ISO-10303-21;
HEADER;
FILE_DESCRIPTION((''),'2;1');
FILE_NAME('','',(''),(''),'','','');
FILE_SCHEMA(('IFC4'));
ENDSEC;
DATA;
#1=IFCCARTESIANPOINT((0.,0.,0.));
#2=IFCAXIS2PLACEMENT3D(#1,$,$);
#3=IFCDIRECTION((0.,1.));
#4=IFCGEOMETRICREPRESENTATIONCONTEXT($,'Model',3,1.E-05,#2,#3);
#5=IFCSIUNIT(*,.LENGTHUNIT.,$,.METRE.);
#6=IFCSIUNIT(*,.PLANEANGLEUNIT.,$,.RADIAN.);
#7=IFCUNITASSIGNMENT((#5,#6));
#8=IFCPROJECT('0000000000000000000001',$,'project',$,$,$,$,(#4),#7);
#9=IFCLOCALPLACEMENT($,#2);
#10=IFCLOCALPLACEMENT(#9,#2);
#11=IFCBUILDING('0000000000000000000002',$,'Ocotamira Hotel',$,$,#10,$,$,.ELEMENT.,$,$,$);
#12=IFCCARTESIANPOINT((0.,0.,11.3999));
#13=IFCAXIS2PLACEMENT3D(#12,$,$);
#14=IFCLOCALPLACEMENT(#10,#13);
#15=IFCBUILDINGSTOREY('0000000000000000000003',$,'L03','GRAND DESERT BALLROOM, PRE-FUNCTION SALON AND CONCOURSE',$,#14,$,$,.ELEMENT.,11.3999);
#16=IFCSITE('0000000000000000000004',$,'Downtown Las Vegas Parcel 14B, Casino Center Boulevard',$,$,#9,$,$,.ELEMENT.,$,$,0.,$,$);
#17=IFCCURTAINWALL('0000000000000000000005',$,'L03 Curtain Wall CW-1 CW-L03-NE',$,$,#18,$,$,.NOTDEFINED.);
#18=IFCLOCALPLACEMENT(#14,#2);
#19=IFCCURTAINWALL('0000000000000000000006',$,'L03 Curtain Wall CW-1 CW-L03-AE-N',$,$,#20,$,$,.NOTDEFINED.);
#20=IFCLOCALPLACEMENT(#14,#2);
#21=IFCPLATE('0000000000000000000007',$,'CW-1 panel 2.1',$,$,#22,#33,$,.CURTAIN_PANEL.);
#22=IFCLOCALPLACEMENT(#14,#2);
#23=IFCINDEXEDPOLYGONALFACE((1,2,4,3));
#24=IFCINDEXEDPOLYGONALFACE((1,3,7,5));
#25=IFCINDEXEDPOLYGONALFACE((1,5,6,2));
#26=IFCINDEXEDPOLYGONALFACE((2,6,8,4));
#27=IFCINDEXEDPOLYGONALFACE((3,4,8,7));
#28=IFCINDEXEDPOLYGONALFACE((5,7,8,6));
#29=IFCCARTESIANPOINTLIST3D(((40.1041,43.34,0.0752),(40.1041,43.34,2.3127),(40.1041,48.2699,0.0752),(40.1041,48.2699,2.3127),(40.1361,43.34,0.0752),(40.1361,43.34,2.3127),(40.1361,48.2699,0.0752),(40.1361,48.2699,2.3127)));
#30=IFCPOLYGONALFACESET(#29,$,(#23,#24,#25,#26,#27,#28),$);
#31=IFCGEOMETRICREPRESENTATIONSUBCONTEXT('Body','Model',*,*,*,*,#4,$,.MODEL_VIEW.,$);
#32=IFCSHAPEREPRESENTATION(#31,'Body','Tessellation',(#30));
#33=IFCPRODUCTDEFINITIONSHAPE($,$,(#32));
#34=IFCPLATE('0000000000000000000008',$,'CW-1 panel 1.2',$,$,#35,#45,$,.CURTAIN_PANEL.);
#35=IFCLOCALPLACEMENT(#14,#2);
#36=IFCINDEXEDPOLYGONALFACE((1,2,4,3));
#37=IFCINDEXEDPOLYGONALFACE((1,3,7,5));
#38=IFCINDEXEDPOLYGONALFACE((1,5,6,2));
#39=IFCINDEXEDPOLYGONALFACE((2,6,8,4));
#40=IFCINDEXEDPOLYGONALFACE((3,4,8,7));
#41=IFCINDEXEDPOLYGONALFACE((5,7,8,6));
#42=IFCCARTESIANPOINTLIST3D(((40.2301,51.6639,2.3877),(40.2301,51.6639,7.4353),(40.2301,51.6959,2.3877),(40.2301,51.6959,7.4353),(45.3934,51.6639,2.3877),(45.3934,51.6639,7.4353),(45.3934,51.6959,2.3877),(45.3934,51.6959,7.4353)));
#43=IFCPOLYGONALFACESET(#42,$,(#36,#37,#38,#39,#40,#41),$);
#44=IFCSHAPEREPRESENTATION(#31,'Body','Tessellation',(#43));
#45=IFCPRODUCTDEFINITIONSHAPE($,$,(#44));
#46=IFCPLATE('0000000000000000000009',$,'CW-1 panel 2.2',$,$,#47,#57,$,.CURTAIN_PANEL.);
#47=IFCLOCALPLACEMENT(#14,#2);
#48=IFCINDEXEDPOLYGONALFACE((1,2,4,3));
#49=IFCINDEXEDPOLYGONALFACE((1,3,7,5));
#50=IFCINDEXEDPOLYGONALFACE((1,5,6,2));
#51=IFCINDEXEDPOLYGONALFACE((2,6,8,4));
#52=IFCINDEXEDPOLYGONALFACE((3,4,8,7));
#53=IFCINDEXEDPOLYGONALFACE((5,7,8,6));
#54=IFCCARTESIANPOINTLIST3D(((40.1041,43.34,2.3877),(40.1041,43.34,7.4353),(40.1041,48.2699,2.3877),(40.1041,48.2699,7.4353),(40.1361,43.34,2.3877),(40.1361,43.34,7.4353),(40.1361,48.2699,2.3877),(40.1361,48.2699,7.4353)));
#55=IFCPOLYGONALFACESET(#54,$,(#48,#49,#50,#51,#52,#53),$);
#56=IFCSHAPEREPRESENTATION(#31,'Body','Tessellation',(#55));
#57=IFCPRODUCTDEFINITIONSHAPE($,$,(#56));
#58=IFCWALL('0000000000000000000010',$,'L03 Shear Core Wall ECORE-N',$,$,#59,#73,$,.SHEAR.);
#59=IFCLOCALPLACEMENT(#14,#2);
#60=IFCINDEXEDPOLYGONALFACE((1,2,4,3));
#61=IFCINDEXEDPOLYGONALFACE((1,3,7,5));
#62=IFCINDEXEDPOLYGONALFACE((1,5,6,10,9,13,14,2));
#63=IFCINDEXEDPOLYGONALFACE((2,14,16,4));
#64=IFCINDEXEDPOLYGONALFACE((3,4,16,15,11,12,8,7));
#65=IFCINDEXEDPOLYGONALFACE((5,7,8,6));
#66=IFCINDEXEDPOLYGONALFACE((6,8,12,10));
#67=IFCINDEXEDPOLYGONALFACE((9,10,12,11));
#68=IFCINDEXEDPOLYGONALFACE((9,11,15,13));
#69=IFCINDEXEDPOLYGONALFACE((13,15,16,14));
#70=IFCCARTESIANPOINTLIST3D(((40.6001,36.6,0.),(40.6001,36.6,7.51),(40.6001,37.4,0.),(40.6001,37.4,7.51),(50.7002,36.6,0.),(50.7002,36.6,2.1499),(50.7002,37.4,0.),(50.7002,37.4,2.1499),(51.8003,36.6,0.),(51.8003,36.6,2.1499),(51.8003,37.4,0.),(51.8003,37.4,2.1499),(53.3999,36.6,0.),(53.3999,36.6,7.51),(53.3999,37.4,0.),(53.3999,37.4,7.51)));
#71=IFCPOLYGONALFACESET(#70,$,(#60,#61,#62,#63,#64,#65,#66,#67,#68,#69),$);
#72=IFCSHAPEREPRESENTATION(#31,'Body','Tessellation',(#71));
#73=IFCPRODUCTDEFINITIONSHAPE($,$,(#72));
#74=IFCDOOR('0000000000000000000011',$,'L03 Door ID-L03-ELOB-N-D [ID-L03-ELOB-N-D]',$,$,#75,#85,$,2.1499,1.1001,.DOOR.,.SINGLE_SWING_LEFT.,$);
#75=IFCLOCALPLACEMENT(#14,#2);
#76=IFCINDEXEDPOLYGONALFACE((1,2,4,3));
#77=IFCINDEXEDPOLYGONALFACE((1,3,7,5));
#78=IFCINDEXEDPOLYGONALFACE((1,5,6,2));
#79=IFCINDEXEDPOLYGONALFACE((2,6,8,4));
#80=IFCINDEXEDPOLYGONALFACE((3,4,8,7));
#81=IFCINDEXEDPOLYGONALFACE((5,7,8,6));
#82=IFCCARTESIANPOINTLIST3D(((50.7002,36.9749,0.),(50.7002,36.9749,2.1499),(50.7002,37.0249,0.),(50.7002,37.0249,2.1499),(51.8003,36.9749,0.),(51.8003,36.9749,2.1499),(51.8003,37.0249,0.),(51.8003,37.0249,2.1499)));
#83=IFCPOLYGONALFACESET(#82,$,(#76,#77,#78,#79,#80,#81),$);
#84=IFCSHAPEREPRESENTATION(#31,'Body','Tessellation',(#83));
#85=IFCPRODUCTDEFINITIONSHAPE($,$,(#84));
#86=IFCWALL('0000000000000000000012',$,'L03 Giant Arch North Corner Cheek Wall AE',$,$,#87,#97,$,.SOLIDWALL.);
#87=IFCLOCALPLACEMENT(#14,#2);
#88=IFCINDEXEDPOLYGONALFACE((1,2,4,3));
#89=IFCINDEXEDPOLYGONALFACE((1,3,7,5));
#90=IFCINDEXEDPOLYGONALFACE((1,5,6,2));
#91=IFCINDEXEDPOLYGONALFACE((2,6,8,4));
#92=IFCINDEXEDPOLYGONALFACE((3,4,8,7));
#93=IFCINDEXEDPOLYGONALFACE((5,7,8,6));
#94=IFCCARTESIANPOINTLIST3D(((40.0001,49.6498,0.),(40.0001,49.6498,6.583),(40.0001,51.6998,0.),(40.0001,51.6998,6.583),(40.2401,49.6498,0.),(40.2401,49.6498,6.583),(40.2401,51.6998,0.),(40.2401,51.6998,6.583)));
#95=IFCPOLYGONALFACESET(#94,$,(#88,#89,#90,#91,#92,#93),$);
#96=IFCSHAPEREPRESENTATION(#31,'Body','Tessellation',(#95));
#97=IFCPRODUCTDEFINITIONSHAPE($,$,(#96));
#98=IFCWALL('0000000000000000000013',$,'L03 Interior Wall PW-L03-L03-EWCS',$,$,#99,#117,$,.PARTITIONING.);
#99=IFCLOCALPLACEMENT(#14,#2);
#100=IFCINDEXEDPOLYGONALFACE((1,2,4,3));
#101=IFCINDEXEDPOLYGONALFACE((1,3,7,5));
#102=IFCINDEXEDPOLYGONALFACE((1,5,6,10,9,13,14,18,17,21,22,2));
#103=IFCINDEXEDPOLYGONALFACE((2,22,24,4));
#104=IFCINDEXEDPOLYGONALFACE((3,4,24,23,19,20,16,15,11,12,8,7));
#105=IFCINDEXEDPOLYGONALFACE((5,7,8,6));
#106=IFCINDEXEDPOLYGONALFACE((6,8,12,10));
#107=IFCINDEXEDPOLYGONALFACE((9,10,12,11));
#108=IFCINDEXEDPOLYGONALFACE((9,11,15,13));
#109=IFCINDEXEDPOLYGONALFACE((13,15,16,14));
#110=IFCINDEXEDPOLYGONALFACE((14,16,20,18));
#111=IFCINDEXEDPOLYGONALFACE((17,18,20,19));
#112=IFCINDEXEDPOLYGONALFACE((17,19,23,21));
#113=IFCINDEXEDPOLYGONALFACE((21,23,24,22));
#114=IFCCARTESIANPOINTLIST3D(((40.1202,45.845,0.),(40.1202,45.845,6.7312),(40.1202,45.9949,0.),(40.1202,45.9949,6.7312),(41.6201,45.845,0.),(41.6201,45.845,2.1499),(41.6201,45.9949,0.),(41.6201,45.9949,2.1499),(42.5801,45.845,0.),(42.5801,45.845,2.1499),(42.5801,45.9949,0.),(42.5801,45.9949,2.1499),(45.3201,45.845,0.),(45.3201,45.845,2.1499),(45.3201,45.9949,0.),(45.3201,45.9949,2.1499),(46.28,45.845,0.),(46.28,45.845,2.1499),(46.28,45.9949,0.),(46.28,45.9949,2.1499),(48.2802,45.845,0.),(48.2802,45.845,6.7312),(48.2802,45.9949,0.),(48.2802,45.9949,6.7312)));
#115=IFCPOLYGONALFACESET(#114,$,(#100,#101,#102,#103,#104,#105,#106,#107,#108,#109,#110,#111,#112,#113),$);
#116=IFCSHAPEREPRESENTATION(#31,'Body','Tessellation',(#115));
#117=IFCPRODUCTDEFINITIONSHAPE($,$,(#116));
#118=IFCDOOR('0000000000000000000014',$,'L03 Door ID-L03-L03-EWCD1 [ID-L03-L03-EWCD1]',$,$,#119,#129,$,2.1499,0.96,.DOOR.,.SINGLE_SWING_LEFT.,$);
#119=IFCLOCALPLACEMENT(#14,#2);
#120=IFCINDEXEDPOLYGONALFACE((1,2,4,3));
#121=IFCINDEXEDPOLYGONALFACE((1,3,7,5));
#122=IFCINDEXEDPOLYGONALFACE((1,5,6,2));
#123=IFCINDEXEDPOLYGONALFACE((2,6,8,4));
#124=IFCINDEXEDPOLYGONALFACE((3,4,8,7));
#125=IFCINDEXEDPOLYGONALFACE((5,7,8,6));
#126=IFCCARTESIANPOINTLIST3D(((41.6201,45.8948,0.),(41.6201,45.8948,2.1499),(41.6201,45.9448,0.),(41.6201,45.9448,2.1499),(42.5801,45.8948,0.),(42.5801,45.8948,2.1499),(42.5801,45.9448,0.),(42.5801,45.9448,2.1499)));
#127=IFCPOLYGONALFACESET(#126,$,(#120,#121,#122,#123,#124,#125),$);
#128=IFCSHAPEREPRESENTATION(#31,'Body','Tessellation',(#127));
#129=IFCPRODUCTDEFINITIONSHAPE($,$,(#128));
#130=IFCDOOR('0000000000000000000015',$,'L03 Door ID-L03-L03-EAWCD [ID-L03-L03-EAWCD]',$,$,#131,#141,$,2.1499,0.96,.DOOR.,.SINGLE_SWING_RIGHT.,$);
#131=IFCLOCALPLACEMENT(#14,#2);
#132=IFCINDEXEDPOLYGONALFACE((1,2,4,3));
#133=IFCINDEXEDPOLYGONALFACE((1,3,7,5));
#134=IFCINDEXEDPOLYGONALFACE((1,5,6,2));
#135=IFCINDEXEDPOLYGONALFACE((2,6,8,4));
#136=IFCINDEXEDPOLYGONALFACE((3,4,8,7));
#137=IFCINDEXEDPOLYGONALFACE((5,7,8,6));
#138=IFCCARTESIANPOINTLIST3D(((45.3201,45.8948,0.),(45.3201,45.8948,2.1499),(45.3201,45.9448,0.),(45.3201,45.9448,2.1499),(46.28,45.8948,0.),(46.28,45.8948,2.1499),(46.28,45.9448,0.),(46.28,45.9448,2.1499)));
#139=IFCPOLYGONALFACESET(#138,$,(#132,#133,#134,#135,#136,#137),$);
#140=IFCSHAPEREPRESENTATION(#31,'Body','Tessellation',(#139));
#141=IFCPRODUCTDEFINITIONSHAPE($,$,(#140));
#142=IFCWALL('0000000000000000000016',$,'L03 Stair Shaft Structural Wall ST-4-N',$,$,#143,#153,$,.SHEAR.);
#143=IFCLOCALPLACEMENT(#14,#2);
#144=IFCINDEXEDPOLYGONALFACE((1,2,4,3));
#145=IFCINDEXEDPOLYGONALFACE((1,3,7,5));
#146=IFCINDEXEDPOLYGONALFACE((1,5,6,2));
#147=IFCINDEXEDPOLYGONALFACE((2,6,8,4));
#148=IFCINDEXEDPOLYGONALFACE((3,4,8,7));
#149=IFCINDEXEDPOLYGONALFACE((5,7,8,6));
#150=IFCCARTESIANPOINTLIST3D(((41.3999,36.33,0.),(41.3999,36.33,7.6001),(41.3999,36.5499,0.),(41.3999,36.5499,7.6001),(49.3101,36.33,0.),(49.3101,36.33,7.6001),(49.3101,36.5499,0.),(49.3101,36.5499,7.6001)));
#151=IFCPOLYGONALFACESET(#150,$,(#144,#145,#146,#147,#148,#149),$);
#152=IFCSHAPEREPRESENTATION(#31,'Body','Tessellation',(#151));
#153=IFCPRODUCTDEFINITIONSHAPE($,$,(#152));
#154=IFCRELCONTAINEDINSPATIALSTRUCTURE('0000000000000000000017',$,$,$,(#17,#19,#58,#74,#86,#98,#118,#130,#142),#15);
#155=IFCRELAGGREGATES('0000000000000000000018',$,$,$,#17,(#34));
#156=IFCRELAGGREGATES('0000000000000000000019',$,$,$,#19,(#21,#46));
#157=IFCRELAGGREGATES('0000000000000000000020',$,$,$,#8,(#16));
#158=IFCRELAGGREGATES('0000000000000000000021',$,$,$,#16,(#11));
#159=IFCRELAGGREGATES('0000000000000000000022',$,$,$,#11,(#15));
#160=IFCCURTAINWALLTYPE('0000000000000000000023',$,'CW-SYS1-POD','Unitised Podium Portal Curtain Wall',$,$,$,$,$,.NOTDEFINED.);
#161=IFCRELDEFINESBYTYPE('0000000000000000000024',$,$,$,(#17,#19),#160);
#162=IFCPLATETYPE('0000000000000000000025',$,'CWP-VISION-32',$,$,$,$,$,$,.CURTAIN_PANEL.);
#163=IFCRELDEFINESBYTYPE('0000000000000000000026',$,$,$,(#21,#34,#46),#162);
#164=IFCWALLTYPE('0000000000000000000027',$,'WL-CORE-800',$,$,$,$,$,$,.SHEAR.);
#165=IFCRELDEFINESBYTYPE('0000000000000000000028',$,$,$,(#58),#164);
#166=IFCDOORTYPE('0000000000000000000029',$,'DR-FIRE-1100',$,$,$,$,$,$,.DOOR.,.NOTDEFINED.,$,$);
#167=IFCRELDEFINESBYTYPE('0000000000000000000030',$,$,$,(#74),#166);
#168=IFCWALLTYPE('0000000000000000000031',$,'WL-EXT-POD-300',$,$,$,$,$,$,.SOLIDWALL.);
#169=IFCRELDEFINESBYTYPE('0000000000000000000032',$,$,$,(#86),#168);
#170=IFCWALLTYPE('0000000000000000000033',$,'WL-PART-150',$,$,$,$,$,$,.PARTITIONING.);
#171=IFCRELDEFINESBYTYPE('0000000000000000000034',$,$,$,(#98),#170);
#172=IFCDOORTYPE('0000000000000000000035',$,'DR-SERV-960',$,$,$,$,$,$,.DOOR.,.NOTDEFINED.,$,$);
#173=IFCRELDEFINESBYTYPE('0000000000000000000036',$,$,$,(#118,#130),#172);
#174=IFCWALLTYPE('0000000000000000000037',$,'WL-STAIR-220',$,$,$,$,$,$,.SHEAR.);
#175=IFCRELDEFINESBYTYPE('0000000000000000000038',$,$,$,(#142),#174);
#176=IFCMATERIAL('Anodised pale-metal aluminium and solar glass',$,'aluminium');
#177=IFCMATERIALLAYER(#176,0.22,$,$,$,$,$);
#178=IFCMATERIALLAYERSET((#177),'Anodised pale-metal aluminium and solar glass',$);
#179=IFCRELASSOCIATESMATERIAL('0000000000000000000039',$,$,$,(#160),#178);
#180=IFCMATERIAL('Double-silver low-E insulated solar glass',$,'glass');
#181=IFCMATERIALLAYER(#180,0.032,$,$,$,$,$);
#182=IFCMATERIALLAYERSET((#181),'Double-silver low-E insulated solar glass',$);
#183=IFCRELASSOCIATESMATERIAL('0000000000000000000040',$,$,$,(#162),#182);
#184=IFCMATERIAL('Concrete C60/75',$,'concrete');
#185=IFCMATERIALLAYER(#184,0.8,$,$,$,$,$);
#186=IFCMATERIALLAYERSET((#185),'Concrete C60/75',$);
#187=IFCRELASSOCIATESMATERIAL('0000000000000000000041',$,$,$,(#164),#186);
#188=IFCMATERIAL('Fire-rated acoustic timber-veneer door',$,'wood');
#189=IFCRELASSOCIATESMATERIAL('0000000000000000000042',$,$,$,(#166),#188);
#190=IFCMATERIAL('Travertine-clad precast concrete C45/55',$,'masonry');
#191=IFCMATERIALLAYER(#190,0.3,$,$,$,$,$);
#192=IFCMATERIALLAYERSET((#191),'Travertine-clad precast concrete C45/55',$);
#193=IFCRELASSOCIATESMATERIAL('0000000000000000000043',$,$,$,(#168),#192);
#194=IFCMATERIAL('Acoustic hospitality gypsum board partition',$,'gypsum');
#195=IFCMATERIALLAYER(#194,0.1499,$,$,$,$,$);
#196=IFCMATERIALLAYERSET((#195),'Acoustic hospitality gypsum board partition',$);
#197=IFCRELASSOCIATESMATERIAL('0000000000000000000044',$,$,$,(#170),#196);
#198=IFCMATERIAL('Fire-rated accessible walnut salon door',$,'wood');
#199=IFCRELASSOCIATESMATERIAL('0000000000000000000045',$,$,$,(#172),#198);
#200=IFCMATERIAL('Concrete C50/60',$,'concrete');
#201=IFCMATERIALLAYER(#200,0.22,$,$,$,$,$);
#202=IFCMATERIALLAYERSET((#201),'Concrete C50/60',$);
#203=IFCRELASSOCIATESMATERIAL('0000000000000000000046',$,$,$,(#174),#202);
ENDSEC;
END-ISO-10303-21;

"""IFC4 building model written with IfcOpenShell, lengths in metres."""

from ifc_helpers import new_model, si_unit, direction, frame, frame_2d, origin, origin_2d, place, context, subcontext, project, spatial, rectangle, extrude, source, transform, mapped, material, layer, layer_set, type_object, element, fill, aggregate, save


model = new_model("IFC4")

# Units and contexts
model_context = context("Model", 3, precision=1e-05, world=origin(), true_north=direction((0.0, 1.0)))
body_context = subcontext(model_context, "Body", "Model", "MODEL_VIEW")
ifc_project = project(units=[si_unit("LENGTHUNIT", "METRE"), si_unit("PLANEANGLEUNIT", "RADIAN")], contexts=[model_context])

# Site, building, storey
site_placement = place(None, origin())
site = spatial("IfcSite", under=ifc_project, at=site_placement, Name="Downtown Las Vegas Parcel 14B, Casino Center Boulevard", CompositionType="ELEMENT", RefElevation=0.0)
building_placement = place(site_placement, origin())
building = spatial("IfcBuilding", under=site, at=building_placement, Name="Ocotamira Hotel", CompositionType="ELEMENT")
storey_placement = place(building_placement, frame((0.0, 0.0, 11.3999)))
storey = spatial("IfcBuildingStorey", under=building, at=storey_placement, Name="L03", Description="GRAND DESERT BALLROOM, PRE-FUNCTION SALON AND CONCOURSE", CompositionType="ELEMENT", Elevation=11.3999)

# Shared definitions
ifc_material_1 = material(Name="Concrete C60/75", Category="concrete")

# Curtain walls
ifc_material_2 = material(Name="Anodised pale-metal aluminium and solar glass", Category="aluminium")
ifc_layer_1 = layer(ifc_material_2, 0.22)
ifc_layer_set_1 = layer_set([ifc_layer_1], Name="Anodised pale-metal aluminium and solar glass")
curtain_wall_type = type_object("IfcCurtainWallType", Name="CW-SYS1-POD", Description="Unitised Podium Portal Curtain Wall", PredefinedType="NOTDEFINED", material=ifc_layer_set_1)
curtain_wall_1_placement = place(storey_placement, origin())
curtain_wall_1 = element("IfcCurtainWall", 1, at=curtain_wall_1_placement, inside=storey, type_object=curtain_wall_type, Name="L03 Curtain Wall CW-1 CW-L03-NE", PredefinedType="NOTDEFINED")
curtain_wall_2_placement = place(storey_placement, origin())
curtain_wall_2 = element("IfcCurtainWall", 2, at=curtain_wall_2_placement, inside=storey, type_object=curtain_wall_type, Name="L03 Curtain Wall CW-1 CW-L03-AE-N", PredefinedType="NOTDEFINED")

# Plates
ifc_material_3 = material(Name="Double-silver low-E insulated solar glass", Category="glass")
ifc_layer_2 = layer(ifc_material_3, 0.032)
ifc_layer_set_2 = layer_set([ifc_layer_2], Name="Double-silver low-E insulated solar glass")
plate_type = type_object("IfcPlateType", Name="CWP-VISION-32", PredefinedType="CURTAIN_PANEL", material=ifc_layer_set_2)
shared_shape_1 = source(origin(), body_context, "Body", "SweptSolid", [
    extrude(rectangle(XDim=4.9299, YDim=0.032, at=origin_2d()), origin(), (0.0, 0.0, 1.0), 2.2375),
])
plate_1_placement = place(storey_placement, frame((40.1201, 45.8049, 0.0752), z_axis=(0.0, 0.0, 1.0), x_axis=(0.0, 1.0, 0.0)))
plate_1 = element("IfcPlate", 3, at=plate_1_placement, type_object=plate_type, Name="CW-1 panel 2.1", PredefinedType="CURTAIN_PANEL", context=body_context, shape_type="MappedRepresentation", body=[
    mapped(shared_shape_1, transform((0.0, 0.0, 0.0), scale=1.0)),
])
shared_shape_2 = source(origin(), body_context, "Body", "SweptSolid", [
    extrude(rectangle(XDim=5.1633, YDim=0.032, at=origin_2d()), origin(), (0.0, 0.0, 1.0), 5.0476),
])
plate_2_placement = place(storey_placement, frame((42.8118, 51.6799, 2.3877), z_axis=(0.0, 0.0, 1.0), x_axis=(1.0, 0.0, 0.0)))
plate_2 = element("IfcPlate", 4, at=plate_2_placement, type_object=plate_type, Name="CW-1 panel 1.2", PredefinedType="CURTAIN_PANEL", context=body_context, shape_type="MappedRepresentation", body=[
    mapped(shared_shape_2, transform((0.0, 0.0, 0.0), scale=1.0)),
])
aggregate(curtain_wall_1, [plate_2])
shared_shape_3 = source(origin(), body_context, "Body", "SweptSolid", [
    extrude(rectangle(XDim=4.9299, YDim=0.032, at=origin_2d()), origin(), (0.0, 0.0, 1.0), 5.0476),
])
plate_3_placement = place(storey_placement, frame((40.1201, 45.8049, 2.3877), z_axis=(0.0, 0.0, 1.0), x_axis=(0.0, 1.0, 0.0)))
plate_3 = element("IfcPlate", 5, at=plate_3_placement, type_object=plate_type, Name="CW-1 panel 2.2", PredefinedType="CURTAIN_PANEL", context=body_context, shape_type="MappedRepresentation", body=[
    mapped(shared_shape_3, transform((0.0, 0.0, 0.0), scale=1.0)),
])
aggregate(curtain_wall_2, [plate_1, plate_3])

# Wall, opening, door
ifc_layer_3 = layer(ifc_material_1, 0.8)
ifc_layer_set_3 = layer_set([ifc_layer_3], Name="Concrete C60/75")
wall_type_1 = type_object("IfcWallType", Name="WL-CORE-800", PredefinedType="SHEAR", material=ifc_layer_set_3)
wall_1_placement = place(storey_placement, frame((40.6001, 37.0, 0.0), z_axis=(0.0, 0.0, 1.0), x_axis=(1.0, 0.0, 0.0)))
wall_1 = element("IfcWall", 6, at=wall_1_placement, inside=storey, type_object=wall_type_1, Name="L03 Shear Core Wall ECORE-N", PredefinedType="SHEAR", context=body_context, shape_type="SweptSolid", body=[
    extrude(rectangle(XDim=12.7998, YDim=0.8, at=frame_2d((6.3999, 0.0))), origin(), (0.0, 0.0, 1.0), 7.51),
])
opening_1_placement = place(wall_1_placement, frame((10.1001, 0.0, 0.0)))
opening_1 = element("IfcOpeningElement", 7, at=opening_1_placement, cuts=wall_1, PredefinedType="OPENING", context=body_context, shape_type="SweptSolid", body=[
    extrude(rectangle(XDim=1.1001, YDim=2.1499, at=frame_2d((0.55, 1.075))), frame((0.0, 0.4102, 0.0), z_axis=(0.0, -1.0, 0.0), x_axis=(1.0, 0.0, 0.0)), (0.0, 0.0, 1.0), 0.8201),
])
ifc_material_4 = material(Name="Fire-rated acoustic timber-veneer door", Category="wood")
door_type_1 = type_object("IfcDoorType", Name="DR-FIRE-1100", OperationType="NOTDEFINED", PredefinedType="DOOR", material=ifc_material_4)
shared_shape_4 = source(origin(), body_context, "Body", "SweptSolid", [
    extrude(rectangle(XDim=1.1001, YDim=2.1499, at=frame_2d((0.55, 1.075))), frame((0.0, 0.0249, 0.0), z_axis=(0.0, -1.0, 0.0), x_axis=(1.0, 0.0, 0.0)), (0.0, 0.0, 1.0), 0.05),
])
door_1_placement = place(opening_1_placement, origin())
door_1 = element("IfcDoor", 8, at=door_1_placement, inside=storey, type_object=door_type_1, Name="L03 Door ID-L03-ELOB-N-D [ID-L03-ELOB-N-D]", OperationType="SINGLE_SWING_LEFT", OverallHeight=2.1499, OverallWidth=1.1001, PredefinedType="DOOR", context=body_context, shape_type="MappedRepresentation", body=[
    mapped(shared_shape_4, transform((0.0, 0.0, 0.0), scale=1.0)),
])
fill(opening_1, door_1)

# Wall
ifc_material_5 = material(Name="Travertine-clad precast concrete C45/55", Category="masonry")
ifc_layer_4 = layer(ifc_material_5, 0.3)
ifc_layer_set_4 = layer_set([ifc_layer_4], Name="Travertine-clad precast concrete C45/55")
wall_type_2 = type_object("IfcWallType", Name="WL-EXT-POD-300", PredefinedType="SOLIDWALL", material=ifc_layer_set_4)
wall_2_placement = place(storey_placement, frame((40.1201, 49.6499, 0.0), z_axis=(0.0, 0.0, 1.0), x_axis=(0.0, 1.0, 0.0)))
element("IfcWall", 9, at=wall_2_placement, inside=storey, type_object=wall_type_2, Name="L03 Giant Arch North Corner Cheek Wall AE", PredefinedType="SOLIDWALL", context=body_context, shape_type="SweptSolid", body=[
    extrude(rectangle(XDim=2.05, YDim=0.24, at=frame_2d((1.0249, 0.0))), origin(), (0.0, 0.0, 1.0), 6.583),
])

# Wall, openings, doors
ifc_material_6 = material(Name="Acoustic hospitality gypsum board partition", Category="gypsum")
ifc_layer_5 = layer(ifc_material_6, 0.1499)
ifc_layer_set_5 = layer_set([ifc_layer_5], Name="Acoustic hospitality gypsum board partition")
wall_type_3 = type_object("IfcWallType", Name="WL-PART-150", PredefinedType="PARTITIONING", material=ifc_layer_set_5)
wall_3_placement = place(storey_placement, frame((40.1201, 45.9199, 0.0), z_axis=(0.0, 0.0, 1.0), x_axis=(1.0, 0.0, 0.0)))
wall_3 = element("IfcWall", 10, at=wall_3_placement, inside=storey, type_object=wall_type_3, Name="L03 Interior Wall PW-L03-L03-EWCS", PredefinedType="PARTITIONING", context=body_context, shape_type="SweptSolid", body=[
    extrude(rectangle(XDim=8.1599, YDim=0.1499, at=frame_2d((4.0801, 0.0))), origin(), (0.0, 0.0, 1.0), 6.7312),
])
opening_2_placement = place(wall_3_placement, frame((1.5, 0.0, 0.0)))
opening_2 = element("IfcOpeningElement", 11, at=opening_2_placement, cuts=wall_3, PredefinedType="OPENING", context=body_context, shape_type="SweptSolid", body=[
    extrude(rectangle(XDim=0.96, YDim=2.1499, at=frame_2d((0.48, 1.075))), frame((0.0, 0.085, 0.0), z_axis=(0.0, -1.0, 0.0), x_axis=(1.0, 0.0, 0.0)), (0.0, 0.0, 1.0), 0.1699),
])
opening_3_placement = place(wall_3_placement, frame((5.2, 0.0, 0.0)))
opening_3 = element("IfcOpeningElement", 12, at=opening_3_placement, cuts=wall_3, PredefinedType="OPENING", context=body_context, shape_type="SweptSolid", body=[
    extrude(rectangle(XDim=0.96, YDim=2.1499, at=frame_2d((0.48, 1.075))), frame((0.0, 0.085, 0.0), z_axis=(0.0, -1.0, 0.0), x_axis=(1.0, 0.0, 0.0)), (0.0, 0.0, 1.0), 0.1699),
])
ifc_material_7 = material(Name="Fire-rated accessible walnut salon door", Category="wood")
door_type_2 = type_object("IfcDoorType", Name="DR-SERV-960", OperationType="NOTDEFINED", PredefinedType="DOOR", material=ifc_material_7)
shared_shape_5 = source(origin(), body_context, "Body", "SweptSolid", [
    extrude(rectangle(XDim=0.96, YDim=2.1499, at=frame_2d((0.48, 1.075))), frame((0.0, 0.0249, 0.0), z_axis=(0.0, -1.0, 0.0), x_axis=(1.0, 0.0, 0.0)), (0.0, 0.0, 1.0), 0.05),
])
door_2_placement = place(opening_2_placement, origin())
door_2 = element("IfcDoor", 13, at=door_2_placement, inside=storey, type_object=door_type_2, Name="L03 Door ID-L03-L03-EWCD1 [ID-L03-L03-EWCD1]", OperationType="SINGLE_SWING_LEFT", OverallHeight=2.1499, OverallWidth=0.96, PredefinedType="DOOR", context=body_context, shape_type="MappedRepresentation", body=[
    mapped(shared_shape_5, transform((0.0, 0.0, 0.0), scale=1.0)),
])
fill(opening_2, door_2)
door_3_placement = place(opening_3_placement, origin())
door_3 = element("IfcDoor", 14, at=door_3_placement, inside=storey, type_object=door_type_2, Name="L03 Door ID-L03-L03-EAWCD [ID-L03-L03-EAWCD]", OperationType="SINGLE_SWING_RIGHT", OverallHeight=2.1499, OverallWidth=0.96, PredefinedType="DOOR", context=body_context, shape_type="MappedRepresentation", body=[
    mapped(shared_shape_5, transform((0.0, 0.0, 0.0), scale=1.0)),
])
fill(opening_3, door_3)

# Wall
ifc_material_8 = material(Name="Concrete C50/60", Category="concrete")
ifc_layer_6 = layer(ifc_material_8, 0.22)
ifc_layer_set_6 = layer_set([ifc_layer_6], Name="Concrete C50/60")
wall_type_4 = type_object("IfcWallType", Name="WL-STAIR-220", PredefinedType="SHEAR", material=ifc_layer_set_6)
wall_4_placement = place(storey_placement, frame((41.3999, 36.4399, 0.0), z_axis=(0.0, 0.0, 1.0), x_axis=(1.0, 0.0, 0.0)))
element("IfcWall", 15, at=wall_4_placement, inside=storey, type_object=wall_type_4, Name="L03 Stair Shaft Structural Wall ST-4-N", PredefinedType="SHEAR", context=body_context, shape_type="SweptSolid", body=[
    extrude(rectangle(XDim=7.9102, YDim=0.22, at=frame_2d((3.9551, 0.0))), origin(), (0.0, 0.0, 1.0), 7.6001),
])

save(model, "model.ifc")
